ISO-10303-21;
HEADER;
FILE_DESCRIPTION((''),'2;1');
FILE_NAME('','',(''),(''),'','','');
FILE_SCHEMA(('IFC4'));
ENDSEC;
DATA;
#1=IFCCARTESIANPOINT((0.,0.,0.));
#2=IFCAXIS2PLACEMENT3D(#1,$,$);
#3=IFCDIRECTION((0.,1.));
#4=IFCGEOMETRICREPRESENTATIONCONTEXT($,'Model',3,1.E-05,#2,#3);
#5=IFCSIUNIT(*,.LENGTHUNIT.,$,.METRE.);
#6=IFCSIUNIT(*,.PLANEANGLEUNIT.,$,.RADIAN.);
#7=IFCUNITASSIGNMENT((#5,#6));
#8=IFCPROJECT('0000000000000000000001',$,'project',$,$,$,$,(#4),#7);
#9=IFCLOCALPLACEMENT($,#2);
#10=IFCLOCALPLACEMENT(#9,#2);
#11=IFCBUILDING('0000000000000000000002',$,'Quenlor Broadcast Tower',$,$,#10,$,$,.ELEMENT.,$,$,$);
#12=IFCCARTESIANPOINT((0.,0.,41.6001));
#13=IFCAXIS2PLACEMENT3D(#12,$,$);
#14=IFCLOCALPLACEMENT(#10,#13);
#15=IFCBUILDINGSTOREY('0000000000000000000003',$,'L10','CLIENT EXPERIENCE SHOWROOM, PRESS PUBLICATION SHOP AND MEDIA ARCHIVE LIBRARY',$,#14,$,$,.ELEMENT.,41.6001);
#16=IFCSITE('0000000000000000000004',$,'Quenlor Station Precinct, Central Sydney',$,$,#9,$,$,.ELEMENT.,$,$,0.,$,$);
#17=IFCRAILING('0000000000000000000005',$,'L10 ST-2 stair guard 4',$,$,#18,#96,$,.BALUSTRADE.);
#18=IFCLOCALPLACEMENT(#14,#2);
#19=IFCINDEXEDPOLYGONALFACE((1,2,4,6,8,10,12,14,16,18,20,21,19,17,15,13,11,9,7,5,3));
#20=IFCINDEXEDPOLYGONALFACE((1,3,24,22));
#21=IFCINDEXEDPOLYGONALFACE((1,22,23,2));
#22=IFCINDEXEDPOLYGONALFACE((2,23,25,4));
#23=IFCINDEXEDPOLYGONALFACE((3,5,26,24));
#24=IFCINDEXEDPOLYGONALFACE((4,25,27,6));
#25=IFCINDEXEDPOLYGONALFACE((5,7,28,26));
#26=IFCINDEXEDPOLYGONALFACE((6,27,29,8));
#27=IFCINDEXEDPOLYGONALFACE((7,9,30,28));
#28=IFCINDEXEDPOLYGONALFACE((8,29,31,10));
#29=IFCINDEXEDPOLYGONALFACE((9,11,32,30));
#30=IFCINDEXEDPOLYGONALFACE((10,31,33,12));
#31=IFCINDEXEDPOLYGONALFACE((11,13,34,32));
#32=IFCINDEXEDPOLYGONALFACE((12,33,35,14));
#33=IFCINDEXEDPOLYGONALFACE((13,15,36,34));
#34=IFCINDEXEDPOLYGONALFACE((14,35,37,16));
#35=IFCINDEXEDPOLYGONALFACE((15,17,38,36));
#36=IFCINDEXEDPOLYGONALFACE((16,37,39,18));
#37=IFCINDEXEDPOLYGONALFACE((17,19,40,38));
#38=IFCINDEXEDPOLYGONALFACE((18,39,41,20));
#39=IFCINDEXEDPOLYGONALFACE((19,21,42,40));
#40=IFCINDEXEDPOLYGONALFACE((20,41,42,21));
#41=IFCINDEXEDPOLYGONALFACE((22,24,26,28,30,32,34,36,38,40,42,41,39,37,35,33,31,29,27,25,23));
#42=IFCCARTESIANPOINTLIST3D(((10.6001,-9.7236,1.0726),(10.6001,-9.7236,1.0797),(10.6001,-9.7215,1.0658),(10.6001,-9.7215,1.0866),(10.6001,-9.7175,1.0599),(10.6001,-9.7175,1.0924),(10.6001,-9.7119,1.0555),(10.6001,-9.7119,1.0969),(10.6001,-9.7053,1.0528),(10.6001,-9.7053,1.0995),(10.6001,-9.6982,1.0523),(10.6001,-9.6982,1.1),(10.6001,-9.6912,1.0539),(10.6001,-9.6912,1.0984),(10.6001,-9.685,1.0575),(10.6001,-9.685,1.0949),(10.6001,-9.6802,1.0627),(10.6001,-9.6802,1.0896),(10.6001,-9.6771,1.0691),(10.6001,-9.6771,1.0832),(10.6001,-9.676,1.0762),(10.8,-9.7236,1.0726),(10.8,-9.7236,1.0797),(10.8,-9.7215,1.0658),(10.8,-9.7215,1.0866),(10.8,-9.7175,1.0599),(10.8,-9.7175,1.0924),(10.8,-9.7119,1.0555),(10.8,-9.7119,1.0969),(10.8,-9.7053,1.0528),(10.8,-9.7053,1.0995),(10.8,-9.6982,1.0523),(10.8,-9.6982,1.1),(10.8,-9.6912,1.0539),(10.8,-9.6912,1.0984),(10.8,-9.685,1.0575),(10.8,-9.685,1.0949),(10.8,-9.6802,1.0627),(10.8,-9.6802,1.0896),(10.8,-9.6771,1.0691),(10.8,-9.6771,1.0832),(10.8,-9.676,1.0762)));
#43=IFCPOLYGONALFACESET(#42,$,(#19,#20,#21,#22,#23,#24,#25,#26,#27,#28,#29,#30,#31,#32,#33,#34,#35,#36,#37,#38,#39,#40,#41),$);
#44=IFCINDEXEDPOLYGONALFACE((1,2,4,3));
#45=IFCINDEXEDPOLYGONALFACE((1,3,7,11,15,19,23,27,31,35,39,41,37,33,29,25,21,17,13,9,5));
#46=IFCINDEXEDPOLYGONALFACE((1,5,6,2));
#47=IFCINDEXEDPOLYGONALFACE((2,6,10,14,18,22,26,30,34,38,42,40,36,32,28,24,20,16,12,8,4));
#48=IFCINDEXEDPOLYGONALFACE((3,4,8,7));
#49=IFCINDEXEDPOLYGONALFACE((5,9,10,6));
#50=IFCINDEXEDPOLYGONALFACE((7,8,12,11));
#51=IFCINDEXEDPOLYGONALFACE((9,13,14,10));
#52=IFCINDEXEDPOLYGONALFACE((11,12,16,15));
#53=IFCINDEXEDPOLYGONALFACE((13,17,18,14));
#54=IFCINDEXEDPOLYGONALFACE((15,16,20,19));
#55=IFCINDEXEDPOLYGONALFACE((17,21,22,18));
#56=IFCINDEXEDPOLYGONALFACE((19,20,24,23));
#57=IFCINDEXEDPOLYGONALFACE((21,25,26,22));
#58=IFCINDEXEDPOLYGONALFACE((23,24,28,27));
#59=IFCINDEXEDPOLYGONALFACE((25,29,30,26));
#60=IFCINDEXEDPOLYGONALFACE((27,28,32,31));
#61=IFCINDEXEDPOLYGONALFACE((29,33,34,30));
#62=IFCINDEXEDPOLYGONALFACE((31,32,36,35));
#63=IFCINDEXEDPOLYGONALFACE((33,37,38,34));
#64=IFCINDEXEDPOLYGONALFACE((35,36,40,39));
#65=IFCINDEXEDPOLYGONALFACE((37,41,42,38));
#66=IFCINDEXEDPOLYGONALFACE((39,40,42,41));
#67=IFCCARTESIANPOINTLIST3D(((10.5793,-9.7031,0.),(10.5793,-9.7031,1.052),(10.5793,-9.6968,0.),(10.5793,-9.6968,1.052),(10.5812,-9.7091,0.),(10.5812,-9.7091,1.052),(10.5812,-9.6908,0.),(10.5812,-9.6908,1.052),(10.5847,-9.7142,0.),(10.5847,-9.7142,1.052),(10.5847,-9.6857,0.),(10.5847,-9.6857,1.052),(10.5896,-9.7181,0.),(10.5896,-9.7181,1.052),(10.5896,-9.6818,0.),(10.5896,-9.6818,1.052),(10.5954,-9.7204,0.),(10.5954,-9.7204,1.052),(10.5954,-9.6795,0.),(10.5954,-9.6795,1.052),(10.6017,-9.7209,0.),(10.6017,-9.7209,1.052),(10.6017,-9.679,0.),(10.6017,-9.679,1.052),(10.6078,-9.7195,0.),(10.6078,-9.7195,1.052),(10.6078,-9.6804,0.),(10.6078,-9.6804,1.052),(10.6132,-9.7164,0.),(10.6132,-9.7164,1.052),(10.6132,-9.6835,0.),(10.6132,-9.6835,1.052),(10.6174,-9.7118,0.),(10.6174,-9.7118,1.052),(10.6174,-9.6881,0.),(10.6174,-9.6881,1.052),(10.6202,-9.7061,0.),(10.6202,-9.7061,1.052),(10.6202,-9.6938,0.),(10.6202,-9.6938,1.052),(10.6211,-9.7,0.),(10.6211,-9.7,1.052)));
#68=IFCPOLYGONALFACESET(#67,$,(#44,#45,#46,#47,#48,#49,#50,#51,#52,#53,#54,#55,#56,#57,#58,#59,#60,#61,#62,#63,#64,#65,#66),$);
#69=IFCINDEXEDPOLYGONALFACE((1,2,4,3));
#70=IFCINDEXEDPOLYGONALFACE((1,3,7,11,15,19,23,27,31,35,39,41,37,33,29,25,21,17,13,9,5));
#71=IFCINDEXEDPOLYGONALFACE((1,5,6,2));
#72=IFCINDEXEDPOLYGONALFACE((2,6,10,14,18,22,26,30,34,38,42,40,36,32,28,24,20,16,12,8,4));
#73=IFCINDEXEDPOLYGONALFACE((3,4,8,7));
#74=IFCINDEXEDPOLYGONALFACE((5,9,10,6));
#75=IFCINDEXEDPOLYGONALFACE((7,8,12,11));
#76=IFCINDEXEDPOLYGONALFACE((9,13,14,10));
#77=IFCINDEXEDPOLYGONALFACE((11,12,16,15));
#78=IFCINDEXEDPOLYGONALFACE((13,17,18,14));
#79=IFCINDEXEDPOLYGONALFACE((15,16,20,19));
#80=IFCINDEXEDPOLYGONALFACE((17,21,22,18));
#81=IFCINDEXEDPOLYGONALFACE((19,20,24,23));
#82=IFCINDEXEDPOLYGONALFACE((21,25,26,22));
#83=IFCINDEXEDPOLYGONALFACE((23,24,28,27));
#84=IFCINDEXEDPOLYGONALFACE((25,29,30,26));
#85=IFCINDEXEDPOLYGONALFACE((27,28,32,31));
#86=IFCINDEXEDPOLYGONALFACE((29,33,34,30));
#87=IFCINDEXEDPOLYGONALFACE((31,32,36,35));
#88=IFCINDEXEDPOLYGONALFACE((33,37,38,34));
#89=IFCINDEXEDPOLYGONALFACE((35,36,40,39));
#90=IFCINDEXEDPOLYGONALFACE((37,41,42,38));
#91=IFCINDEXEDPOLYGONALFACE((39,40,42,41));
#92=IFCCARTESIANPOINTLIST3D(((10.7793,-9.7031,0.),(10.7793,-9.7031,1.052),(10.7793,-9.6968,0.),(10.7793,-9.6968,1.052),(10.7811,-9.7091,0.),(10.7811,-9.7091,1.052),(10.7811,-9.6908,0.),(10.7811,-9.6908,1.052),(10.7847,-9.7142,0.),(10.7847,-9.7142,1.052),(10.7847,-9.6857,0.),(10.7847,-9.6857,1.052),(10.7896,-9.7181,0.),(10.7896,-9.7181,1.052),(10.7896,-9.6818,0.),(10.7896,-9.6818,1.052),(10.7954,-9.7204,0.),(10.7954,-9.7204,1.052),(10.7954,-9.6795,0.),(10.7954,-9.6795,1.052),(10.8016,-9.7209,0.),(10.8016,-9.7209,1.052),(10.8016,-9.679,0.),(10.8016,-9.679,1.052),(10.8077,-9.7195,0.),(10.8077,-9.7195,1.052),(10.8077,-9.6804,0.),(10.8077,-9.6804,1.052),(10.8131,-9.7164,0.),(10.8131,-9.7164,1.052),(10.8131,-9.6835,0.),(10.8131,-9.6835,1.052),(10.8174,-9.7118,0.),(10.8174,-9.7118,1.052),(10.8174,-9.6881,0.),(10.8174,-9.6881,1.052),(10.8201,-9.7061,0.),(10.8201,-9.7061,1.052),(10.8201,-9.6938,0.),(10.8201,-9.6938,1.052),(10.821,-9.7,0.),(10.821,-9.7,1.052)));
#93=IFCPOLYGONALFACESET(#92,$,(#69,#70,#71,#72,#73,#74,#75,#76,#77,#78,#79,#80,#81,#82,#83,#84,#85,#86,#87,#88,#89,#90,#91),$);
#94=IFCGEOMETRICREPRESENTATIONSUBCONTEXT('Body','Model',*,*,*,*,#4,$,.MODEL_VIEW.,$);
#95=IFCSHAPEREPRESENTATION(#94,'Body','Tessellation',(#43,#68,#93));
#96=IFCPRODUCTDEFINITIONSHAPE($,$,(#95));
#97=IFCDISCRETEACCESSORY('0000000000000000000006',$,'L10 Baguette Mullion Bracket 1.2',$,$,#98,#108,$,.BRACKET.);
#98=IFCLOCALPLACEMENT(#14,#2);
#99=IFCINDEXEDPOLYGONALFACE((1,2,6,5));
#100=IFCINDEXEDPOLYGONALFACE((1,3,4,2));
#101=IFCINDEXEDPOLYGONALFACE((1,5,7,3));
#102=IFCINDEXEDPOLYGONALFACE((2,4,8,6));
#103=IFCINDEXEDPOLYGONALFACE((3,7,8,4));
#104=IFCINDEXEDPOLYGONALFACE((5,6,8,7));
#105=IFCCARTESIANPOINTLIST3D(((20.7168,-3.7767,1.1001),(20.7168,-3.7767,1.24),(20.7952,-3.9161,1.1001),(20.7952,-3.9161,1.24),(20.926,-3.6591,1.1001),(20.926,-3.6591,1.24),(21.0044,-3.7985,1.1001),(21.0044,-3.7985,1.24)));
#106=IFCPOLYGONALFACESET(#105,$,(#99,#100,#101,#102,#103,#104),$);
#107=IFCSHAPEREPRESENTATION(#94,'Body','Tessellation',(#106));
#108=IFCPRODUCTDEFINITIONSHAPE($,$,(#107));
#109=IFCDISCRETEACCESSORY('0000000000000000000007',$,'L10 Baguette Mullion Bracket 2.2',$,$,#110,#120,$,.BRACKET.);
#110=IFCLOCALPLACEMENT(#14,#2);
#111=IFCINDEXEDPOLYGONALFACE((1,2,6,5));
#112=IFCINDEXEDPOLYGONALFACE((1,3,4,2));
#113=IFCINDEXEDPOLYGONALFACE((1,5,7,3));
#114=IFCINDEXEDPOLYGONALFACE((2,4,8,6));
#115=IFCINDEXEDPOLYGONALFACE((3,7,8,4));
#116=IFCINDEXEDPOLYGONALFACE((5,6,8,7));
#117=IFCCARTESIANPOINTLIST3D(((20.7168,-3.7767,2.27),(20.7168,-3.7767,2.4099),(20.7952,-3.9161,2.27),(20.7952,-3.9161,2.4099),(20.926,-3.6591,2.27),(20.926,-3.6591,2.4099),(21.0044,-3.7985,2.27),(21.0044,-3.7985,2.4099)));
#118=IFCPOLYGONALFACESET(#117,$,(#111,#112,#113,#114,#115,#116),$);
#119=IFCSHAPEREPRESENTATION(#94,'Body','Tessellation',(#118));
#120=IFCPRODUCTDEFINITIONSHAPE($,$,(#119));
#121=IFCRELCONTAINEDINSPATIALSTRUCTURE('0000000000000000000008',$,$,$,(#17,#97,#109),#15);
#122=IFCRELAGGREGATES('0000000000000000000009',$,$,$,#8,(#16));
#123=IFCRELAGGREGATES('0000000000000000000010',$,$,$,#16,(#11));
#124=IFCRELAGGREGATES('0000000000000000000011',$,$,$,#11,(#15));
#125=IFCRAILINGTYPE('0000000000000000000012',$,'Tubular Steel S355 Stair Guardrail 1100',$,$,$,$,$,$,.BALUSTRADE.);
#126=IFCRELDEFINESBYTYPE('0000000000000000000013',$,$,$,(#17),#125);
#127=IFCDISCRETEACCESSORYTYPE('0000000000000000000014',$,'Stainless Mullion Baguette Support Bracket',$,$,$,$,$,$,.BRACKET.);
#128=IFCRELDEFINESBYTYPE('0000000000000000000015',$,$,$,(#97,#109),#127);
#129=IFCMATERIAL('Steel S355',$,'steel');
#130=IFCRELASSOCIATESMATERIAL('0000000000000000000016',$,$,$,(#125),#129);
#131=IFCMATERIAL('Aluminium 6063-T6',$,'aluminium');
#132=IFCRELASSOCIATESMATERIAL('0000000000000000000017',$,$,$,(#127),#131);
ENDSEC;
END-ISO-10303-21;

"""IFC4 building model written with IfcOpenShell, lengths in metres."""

from ifc_helpers import new_model, si_unit, direction, frame, origin, origin_2d, place, context, subcontext, project, spatial, rectangle, circle, extrude, material, type_object, element, save


model = new_model("IFC4")

# Units and contexts
model_context = context("Model", 3, precision=1e-05, world=origin(), true_north=direction((0.0, 1.0)))
body_context = subcontext(model_context, "Body", "Model", "MODEL_VIEW")
ifc_project = project(units=[si_unit("LENGTHUNIT", "METRE"), si_unit("PLANEANGLEUNIT", "RADIAN")], contexts=[model_context])

# Site, building, storey
site_placement = place(None, origin())
site = spatial("IfcSite", under=ifc_project, at=site_placement, Name="Quenlor Station Precinct, Central Sydney", CompositionType="ELEMENT", RefElevation=0.0)
building_placement = place(site_placement, origin())
building = spatial("IfcBuilding", under=site, at=building_placement, Name="Quenlor Broadcast Tower", CompositionType="ELEMENT")
storey_placement = place(building_placement, frame((0.0, 0.0, 41.6001)))
storey = spatial("IfcBuildingStorey", under=building, at=storey_placement, Name="L10", Description="CLIENT EXPERIENCE SHOWROOM, PRESS PUBLICATION SHOP AND MEDIA ARCHIVE LIBRARY", CompositionType="ELEMENT", Elevation=41.6001)

# Railing
ifc_material_1 = material(Name="Steel S355", Category="steel")
railing_type_1 = type_object("IfcRailingType", Name="Tubular Steel S355 Stair Guardrail 1100", PredefinedType="BALUSTRADE", material=ifc_material_1)
railing_1_placement = place(storey_placement, frame((10.6001, -9.7, 0.0)))
element("IfcRailing", 1, at=railing_1_placement, inside=storey, type_object=railing_type_1, Name="L10 ST-2 stair guard 4", PredefinedType="BALUSTRADE", context=body_context, shape_type="SweptSolid", body=[
    extrude(circle(Radius=0.0239, at=origin_2d()), frame((0.0, 0.0, 1.0762), z_axis=(1.0, 0.0, 0.0), x_axis=(0.0, 1.0, 0.0)), (0.0, 0.0, 1.0), 0.2),
    extrude(circle(Radius=0.021, at=origin_2d()), origin(), (0.0, 0.0, 1.0), 1.052),
    extrude(circle(Radius=0.021, at=origin_2d()), frame((0.2, 0.0, 0.0)), (0.0, 0.0, 1.0), 1.052),
])

# Discrete accessories
ifc_material_2 = material(Name="Aluminium 6063-T6", Category="aluminium")
discrete_accessory_type = type_object("IfcDiscreteAccessoryType", Name="Stainless Mullion Baguette Support Bracket", PredefinedType="BRACKET", material=ifc_material_2)
for number, where, z_axis, x_axis, name in (
    (2, (20.8606, -3.7876, 1.1001), (0.0, 0.0, 1.0), (0.490257, -0.871578, 0.0), "L10 Baguette Mullion Bracket 1.2"),
    (3, (20.8606, -3.7876, 2.27), (0.0, 0.0, 1.0), (0.490257, -0.871578, 0.0), "L10 Baguette Mullion Bracket 2.2"),
):
    element("IfcDiscreteAccessory", number, at=place(storey_placement, frame(where, z_axis=z_axis, x_axis=x_axis)), inside=storey, type_object=discrete_accessory_type, Name=name, PredefinedType="BRACKET", context=body_context, shape_type="SweptSolid", body=[
        extrude(rectangle(XDim=0.1599, YDim=0.24, at=origin_2d()), origin(), (0.0, 0.0, 1.0), 0.1399),
    ])

save(model, "model.ifc")
